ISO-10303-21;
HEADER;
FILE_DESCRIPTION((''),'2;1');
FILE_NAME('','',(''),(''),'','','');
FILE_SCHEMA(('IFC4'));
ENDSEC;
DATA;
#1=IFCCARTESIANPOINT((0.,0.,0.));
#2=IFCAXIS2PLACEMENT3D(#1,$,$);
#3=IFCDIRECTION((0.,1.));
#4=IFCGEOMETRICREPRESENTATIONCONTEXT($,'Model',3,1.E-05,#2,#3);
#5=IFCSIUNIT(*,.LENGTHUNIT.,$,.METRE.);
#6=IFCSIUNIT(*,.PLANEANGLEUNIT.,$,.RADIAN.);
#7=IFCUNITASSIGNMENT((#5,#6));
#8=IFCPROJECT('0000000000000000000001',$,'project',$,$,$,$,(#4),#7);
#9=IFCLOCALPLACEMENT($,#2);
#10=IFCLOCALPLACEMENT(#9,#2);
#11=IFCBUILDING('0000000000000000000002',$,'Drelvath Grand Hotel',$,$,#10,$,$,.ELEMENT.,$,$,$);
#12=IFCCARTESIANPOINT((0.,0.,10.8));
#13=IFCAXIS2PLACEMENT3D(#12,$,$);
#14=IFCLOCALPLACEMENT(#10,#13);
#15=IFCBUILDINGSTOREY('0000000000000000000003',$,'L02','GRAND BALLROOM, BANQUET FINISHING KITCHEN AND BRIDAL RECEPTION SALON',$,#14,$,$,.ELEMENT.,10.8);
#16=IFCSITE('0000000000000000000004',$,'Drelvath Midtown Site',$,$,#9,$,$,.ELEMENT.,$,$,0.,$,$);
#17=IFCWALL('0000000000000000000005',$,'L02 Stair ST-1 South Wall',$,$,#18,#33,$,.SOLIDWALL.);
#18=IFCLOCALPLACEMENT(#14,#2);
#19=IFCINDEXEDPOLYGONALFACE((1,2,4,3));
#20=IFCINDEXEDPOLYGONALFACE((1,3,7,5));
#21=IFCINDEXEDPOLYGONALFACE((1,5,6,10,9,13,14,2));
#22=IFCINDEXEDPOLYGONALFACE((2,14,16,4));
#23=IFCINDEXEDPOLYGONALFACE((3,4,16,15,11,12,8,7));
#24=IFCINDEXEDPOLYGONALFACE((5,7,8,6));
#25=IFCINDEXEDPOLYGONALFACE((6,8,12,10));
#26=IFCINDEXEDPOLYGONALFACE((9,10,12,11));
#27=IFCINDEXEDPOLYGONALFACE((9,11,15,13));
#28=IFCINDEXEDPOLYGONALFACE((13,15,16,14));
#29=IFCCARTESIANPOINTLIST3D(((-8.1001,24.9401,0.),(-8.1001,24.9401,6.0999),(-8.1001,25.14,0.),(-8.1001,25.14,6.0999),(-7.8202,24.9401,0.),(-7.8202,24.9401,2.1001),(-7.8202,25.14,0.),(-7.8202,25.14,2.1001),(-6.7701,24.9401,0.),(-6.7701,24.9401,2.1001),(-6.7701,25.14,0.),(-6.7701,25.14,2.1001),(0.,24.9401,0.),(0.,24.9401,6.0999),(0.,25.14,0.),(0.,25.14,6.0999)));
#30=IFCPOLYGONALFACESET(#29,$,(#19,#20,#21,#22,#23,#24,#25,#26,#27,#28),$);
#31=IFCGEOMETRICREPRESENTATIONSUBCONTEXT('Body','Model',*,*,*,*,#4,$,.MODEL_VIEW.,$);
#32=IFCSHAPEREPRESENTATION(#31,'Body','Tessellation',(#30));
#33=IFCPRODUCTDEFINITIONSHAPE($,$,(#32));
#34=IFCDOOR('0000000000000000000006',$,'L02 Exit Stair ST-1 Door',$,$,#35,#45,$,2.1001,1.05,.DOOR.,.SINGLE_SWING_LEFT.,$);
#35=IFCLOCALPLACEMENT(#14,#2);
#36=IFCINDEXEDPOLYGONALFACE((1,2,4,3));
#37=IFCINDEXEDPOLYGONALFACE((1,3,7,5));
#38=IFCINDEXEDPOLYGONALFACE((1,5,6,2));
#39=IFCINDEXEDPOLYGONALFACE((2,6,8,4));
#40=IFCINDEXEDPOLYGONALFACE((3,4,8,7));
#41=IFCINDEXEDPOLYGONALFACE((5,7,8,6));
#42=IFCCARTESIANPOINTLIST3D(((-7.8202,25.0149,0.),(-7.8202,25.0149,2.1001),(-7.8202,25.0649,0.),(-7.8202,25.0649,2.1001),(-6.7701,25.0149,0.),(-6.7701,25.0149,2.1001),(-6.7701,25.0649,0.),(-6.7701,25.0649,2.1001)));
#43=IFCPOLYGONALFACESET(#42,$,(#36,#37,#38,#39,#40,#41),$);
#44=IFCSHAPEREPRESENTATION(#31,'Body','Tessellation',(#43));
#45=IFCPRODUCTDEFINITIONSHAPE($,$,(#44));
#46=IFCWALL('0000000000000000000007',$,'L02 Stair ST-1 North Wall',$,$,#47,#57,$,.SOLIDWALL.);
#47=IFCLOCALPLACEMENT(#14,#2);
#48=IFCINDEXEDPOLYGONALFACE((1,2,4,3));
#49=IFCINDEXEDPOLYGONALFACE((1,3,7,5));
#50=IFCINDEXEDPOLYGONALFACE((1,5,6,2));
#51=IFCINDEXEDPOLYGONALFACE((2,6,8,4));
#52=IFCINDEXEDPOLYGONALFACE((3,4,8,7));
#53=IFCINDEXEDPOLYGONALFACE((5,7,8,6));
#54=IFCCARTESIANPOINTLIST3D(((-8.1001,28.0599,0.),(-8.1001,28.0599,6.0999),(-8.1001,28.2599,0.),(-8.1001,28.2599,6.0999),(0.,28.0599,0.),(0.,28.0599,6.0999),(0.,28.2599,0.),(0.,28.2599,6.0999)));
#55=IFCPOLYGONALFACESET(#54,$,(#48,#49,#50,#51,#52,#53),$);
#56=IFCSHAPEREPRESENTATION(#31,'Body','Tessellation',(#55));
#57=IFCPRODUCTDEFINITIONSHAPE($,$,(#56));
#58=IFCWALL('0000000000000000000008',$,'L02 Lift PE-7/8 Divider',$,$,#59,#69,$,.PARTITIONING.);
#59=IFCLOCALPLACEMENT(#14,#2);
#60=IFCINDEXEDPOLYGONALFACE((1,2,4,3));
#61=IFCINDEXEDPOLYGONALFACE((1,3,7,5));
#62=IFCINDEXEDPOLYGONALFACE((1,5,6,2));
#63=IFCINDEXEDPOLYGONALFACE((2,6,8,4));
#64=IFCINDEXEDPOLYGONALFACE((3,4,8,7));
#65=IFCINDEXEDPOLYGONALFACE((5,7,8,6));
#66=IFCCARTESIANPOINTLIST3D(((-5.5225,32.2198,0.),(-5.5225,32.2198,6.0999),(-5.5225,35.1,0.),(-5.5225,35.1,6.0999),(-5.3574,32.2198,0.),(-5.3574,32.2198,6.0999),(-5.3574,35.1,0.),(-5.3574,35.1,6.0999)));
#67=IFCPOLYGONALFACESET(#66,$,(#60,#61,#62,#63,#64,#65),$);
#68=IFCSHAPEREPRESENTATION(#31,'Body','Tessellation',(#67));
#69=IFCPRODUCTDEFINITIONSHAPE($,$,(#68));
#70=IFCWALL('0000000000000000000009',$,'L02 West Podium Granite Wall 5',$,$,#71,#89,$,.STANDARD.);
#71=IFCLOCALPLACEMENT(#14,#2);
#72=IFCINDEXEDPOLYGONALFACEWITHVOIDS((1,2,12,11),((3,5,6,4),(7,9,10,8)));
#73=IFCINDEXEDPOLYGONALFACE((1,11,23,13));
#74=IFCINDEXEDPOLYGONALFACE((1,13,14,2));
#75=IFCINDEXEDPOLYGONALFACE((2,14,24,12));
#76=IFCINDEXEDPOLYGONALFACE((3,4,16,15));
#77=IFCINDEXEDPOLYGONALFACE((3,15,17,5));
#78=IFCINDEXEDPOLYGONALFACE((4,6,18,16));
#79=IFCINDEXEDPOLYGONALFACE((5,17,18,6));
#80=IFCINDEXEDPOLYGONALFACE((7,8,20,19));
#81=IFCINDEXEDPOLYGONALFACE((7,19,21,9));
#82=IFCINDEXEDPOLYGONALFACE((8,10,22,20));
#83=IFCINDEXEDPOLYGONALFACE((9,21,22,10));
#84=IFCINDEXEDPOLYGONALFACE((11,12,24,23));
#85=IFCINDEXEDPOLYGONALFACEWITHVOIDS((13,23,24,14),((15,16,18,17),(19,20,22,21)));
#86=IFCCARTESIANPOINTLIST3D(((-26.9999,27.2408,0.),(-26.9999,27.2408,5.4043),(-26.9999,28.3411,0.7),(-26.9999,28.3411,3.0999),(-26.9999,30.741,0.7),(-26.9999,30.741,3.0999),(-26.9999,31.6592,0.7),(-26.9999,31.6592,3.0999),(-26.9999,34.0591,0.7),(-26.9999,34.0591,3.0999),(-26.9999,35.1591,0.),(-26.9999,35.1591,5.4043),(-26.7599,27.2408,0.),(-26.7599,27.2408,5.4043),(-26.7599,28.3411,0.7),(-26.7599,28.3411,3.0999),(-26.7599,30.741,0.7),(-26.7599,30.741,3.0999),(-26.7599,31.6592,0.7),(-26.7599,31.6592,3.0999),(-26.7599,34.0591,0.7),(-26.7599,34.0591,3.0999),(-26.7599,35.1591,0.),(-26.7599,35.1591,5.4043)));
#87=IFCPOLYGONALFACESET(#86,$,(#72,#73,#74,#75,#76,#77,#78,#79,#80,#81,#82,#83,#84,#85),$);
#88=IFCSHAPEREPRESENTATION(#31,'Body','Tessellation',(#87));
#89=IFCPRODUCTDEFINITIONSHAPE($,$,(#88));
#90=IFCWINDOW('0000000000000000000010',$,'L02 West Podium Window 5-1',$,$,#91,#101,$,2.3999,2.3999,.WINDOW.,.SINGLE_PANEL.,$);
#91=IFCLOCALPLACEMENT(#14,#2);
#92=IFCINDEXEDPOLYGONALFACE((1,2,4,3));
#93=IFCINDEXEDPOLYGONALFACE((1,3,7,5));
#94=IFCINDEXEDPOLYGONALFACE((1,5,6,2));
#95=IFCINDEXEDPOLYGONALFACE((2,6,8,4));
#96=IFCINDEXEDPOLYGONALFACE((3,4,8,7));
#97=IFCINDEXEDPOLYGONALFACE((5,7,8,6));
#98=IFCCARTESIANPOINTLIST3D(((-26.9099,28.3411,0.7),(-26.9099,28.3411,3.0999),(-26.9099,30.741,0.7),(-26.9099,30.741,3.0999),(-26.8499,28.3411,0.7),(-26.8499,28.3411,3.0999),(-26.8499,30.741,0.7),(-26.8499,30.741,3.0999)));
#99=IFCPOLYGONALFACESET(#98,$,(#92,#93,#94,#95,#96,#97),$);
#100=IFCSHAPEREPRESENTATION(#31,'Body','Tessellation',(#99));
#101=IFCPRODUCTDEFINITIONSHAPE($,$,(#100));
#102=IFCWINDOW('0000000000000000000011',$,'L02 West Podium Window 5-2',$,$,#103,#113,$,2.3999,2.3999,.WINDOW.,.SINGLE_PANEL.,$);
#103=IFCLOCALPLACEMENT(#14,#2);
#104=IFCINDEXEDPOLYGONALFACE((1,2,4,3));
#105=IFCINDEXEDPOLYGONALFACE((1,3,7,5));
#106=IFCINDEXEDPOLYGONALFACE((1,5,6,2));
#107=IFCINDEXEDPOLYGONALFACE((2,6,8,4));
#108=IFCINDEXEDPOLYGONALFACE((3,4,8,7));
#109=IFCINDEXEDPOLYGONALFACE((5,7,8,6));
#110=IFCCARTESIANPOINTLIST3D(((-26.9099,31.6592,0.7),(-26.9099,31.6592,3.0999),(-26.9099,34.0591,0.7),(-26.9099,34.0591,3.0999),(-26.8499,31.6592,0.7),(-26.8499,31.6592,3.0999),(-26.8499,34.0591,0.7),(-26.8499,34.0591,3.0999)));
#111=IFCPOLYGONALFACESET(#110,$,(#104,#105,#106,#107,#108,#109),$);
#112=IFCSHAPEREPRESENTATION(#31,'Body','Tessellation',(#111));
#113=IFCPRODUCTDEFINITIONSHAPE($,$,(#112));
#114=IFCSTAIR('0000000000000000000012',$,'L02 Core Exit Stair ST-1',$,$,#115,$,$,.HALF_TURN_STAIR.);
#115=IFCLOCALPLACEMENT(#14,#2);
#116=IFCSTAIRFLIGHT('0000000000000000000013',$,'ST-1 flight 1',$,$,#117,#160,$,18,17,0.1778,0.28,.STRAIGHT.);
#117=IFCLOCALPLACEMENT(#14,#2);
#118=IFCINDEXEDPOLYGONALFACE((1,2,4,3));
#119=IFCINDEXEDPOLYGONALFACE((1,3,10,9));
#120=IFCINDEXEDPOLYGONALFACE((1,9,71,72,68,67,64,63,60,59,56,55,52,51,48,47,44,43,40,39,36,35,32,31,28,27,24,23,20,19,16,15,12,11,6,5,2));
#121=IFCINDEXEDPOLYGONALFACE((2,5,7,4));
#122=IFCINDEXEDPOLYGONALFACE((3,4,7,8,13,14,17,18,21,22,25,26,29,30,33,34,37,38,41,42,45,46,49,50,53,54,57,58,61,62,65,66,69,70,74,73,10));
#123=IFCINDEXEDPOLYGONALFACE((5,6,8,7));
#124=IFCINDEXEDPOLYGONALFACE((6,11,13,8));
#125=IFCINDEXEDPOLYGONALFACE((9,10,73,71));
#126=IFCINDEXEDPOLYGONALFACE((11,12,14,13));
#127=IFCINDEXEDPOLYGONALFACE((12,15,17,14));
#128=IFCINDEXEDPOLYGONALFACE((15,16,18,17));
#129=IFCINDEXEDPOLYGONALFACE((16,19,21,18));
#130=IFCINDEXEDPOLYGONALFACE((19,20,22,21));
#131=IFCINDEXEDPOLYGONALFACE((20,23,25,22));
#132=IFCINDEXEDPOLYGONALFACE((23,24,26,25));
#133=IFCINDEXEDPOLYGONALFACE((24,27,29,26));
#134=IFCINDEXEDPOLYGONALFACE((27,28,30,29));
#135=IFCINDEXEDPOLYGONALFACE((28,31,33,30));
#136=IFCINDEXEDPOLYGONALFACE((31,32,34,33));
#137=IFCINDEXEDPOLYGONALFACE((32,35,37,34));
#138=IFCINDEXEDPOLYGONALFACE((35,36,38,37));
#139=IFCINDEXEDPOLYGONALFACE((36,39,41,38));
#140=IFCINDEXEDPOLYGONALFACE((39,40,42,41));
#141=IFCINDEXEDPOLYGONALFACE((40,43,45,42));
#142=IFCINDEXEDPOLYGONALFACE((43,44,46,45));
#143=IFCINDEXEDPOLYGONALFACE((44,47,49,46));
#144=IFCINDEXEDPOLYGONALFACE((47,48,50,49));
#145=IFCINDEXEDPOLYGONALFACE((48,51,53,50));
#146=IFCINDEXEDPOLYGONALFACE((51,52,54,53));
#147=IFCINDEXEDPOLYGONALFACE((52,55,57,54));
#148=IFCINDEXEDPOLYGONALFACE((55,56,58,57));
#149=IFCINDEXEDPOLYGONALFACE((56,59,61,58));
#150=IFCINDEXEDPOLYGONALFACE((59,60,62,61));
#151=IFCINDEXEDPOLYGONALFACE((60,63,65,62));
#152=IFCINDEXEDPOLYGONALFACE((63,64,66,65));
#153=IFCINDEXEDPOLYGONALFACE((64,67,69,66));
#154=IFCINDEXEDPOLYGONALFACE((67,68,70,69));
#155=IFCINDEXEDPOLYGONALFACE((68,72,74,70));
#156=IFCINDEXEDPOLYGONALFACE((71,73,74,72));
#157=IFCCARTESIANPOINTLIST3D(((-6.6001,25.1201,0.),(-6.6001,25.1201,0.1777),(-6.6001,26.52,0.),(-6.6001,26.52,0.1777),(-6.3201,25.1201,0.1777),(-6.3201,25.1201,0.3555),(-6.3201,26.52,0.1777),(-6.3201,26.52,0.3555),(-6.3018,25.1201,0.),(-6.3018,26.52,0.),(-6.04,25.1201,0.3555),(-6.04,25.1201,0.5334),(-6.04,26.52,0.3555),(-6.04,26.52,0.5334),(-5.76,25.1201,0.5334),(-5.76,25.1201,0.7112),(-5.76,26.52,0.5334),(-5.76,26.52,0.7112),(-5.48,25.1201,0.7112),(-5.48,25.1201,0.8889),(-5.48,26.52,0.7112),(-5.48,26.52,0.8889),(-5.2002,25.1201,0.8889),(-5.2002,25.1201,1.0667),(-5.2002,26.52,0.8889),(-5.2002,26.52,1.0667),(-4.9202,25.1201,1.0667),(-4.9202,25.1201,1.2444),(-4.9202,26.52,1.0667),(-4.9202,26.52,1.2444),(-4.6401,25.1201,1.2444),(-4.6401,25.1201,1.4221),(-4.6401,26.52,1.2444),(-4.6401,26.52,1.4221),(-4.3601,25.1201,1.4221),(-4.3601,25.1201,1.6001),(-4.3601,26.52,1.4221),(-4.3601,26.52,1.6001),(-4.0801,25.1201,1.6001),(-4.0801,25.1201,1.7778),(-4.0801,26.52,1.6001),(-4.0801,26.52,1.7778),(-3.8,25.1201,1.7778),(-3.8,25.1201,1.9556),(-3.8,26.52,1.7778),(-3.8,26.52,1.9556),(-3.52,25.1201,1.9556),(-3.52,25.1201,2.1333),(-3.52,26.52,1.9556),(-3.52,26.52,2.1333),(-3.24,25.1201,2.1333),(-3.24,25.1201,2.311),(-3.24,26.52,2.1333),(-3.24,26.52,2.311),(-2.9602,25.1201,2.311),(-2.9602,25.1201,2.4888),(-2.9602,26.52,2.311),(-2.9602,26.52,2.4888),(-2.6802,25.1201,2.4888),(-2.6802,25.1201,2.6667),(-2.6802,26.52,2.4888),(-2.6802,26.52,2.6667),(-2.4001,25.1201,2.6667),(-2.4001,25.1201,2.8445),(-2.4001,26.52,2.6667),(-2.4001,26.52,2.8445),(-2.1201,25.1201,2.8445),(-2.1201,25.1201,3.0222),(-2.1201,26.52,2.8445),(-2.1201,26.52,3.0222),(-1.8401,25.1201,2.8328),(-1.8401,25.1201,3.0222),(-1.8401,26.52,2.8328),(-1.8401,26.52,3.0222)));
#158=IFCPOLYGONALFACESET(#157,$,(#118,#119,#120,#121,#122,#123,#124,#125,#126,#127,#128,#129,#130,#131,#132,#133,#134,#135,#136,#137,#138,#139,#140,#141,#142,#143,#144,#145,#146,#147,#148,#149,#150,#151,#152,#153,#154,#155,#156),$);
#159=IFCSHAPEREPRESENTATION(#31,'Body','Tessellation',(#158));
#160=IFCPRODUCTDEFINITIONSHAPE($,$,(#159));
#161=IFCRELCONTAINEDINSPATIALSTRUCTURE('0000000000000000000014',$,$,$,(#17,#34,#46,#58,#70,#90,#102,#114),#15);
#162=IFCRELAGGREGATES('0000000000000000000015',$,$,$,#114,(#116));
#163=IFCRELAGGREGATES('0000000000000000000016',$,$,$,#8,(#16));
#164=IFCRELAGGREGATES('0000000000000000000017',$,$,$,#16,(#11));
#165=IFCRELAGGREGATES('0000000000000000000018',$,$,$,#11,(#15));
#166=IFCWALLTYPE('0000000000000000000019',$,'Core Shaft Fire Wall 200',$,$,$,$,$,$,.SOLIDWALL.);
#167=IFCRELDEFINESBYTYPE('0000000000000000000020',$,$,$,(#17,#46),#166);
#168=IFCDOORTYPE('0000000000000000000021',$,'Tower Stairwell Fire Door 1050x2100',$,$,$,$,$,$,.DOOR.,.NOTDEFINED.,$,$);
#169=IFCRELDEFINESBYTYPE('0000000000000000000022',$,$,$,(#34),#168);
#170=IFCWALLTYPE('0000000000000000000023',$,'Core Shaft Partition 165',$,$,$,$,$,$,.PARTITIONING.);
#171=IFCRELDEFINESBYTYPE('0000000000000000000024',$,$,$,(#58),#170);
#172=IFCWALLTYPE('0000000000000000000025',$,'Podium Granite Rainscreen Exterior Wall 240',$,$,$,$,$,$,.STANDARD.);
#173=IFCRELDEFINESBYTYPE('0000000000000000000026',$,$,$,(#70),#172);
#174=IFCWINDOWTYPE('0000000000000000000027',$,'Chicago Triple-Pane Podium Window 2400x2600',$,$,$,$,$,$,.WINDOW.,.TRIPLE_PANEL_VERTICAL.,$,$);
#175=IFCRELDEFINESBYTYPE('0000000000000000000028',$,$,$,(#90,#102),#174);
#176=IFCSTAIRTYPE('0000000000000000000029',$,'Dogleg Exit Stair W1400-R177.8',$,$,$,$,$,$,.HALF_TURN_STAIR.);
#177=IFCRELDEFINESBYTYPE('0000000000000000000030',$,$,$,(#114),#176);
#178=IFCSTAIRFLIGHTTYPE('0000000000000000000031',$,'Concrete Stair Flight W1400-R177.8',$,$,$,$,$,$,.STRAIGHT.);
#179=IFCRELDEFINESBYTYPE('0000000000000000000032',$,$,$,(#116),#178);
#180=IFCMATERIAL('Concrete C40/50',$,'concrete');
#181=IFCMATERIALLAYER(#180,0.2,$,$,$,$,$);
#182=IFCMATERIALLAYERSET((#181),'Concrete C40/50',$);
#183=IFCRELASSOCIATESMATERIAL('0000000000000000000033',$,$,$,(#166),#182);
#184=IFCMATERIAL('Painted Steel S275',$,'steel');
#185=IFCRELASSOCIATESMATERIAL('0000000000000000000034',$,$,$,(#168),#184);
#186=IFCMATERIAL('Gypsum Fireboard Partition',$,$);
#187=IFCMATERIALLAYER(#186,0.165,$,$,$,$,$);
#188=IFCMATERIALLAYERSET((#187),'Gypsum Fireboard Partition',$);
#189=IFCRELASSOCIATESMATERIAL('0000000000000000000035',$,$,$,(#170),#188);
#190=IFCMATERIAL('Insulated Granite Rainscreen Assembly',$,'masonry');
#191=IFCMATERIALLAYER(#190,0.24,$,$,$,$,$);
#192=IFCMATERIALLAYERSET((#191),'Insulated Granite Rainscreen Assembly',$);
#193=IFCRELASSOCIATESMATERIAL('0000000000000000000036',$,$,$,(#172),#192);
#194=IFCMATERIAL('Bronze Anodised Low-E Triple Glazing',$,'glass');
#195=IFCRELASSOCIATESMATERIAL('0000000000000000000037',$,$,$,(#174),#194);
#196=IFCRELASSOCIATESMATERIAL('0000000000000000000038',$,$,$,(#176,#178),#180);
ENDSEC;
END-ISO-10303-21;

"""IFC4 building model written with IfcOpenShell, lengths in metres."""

from ifc_helpers import new_model, si_unit, direction, frame, frame_2d, origin, place, context, subcontext, project, spatial, polyline, rectangle, outline, extrude, material, layer, layer_set, type_object, element, fill, aggregate, save


model = new_model("IFC4")

# Units and contexts
model_context = context("Model", 3, precision=1e-05, world=origin(), true_north=direction((0.0, 1.0)))
body_context = subcontext(model_context, "Body", "Model", "MODEL_VIEW")
ifc_project = project(units=[si_unit("LENGTHUNIT", "METRE"), si_unit("PLANEANGLEUNIT", "RADIAN")], contexts=[model_context])

# Site, building, storey
site_placement = place(None, origin())
site = spatial("IfcSite", under=ifc_project, at=site_placement, Name="Drelvath Midtown Site", CompositionType="ELEMENT", RefElevation=0.0)
building_placement = place(site_placement, origin())
building = spatial("IfcBuilding", under=site, at=building_placement, Name="Drelvath Grand Hotel", CompositionType="ELEMENT")
storey_placement = place(building_placement, frame((0.0, 0.0, 10.8)))
storey = spatial("IfcBuildingStorey", under=building, at=storey_placement, Name="L02", Description="GRAND BALLROOM, BANQUET FINISHING KITCHEN AND BRIDAL RECEPTION SALON", CompositionType="ELEMENT", Elevation=10.8)

# Shared definitions
ifc_material_1 = material(Name="Concrete C40/50", Category="concrete")

# Wall, opening, door
ifc_layer_1 = layer(ifc_material_1, 0.2)
ifc_layer_set_1 = layer_set([ifc_layer_1], Name="Concrete C40/50")
wall_type_1 = type_object("IfcWallType", Name="Core Shaft Fire Wall 200", PredefinedType="SOLIDWALL", material=ifc_layer_set_1)
wall_1_placement = place(storey_placement, frame((-8.1001, 25.04, 0.0), z_axis=(0.0, 0.0, 1.0), x_axis=(1.0, 0.0, 0.0)))
wall_1 = element("IfcWall", 1, at=wall_1_placement, inside=storey, type_object=wall_type_1, Name="L02 Stair ST-1 South Wall", PredefinedType="SOLIDWALL", context=body_context, shape_type="SweptSolid", body=[
    extrude(rectangle(XDim=8.1001, YDim=0.2, at=frame_2d((4.05, 0.0))), origin(), (0.0, 0.0, 1.0), 6.0999),
])
opening_1_placement = place(wall_1_placement, frame((0.28, 0.0, 0.0)))
opening_1 = element("IfcOpeningElement", 2, at=opening_1_placement, cuts=wall_1, PredefinedType="OPENING", context=body_context, shape_type="SweptSolid", body=[
    extrude(rectangle(XDim=1.05, YDim=2.1001, at=frame_2d((0.5249, 1.05))), frame((0.0, 0.1099, 0.0), z_axis=(0.0, -1.0, 0.0), x_axis=(1.0, 0.0, 0.0)), (0.0, 0.0, 1.0), 0.22),
])
ifc_material_2 = material(Name="Painted Steel S275", Category="steel")
door_type = type_object("IfcDoorType", Name="Tower Stairwell Fire Door 1050x2100", OperationType="NOTDEFINED", PredefinedType="DOOR", material=ifc_material_2)
door_placement = place(opening_1_placement, origin())
door = element("IfcDoor", 3, at=door_placement, inside=storey, type_object=door_type, Name="L02 Exit Stair ST-1 Door", OperationType="SINGLE_SWING_LEFT", OverallHeight=2.1001, OverallWidth=1.05, PredefinedType="DOOR", context=body_context, shape_type="SweptSolid", body=[
    extrude(rectangle(XDim=1.05, YDim=2.1001, at=frame_2d((0.5249, 1.05))), frame((0.0, 0.0249, 0.0), z_axis=(0.0, -1.0, 0.0), x_axis=(1.0, 0.0, 0.0)), (0.0, 0.0, 1.0), 0.05),
])
fill(opening_1, door)

# Walls
wall_2_placement = place(storey_placement, frame((-8.1001, 28.1599, 0.0), z_axis=(0.0, 0.0, 1.0), x_axis=(1.0, 0.0, 0.0)))
element("IfcWall", 4, at=wall_2_placement, inside=storey, type_object=wall_type_1, Name="L02 Stair ST-1 North Wall", PredefinedType="SOLIDWALL", context=body_context, shape_type="SweptSolid", body=[
    extrude(rectangle(XDim=8.1001, YDim=0.2, at=frame_2d((4.05, 0.0))), origin(), (0.0, 0.0, 1.0), 6.0999),
])
ifc_material_3 = material(Name="Gypsum Fireboard Partition")
ifc_layer_2 = layer(ifc_material_3, 0.165)
ifc_layer_set_2 = layer_set([ifc_layer_2], Name="Gypsum Fireboard Partition")
wall_type_2 = type_object("IfcWallType", Name="Core Shaft Partition 165", PredefinedType="PARTITIONING", material=ifc_layer_set_2)
wall_3_placement = place(storey_placement, frame((-5.4399, 32.22, 0.0), z_axis=(0.0, 0.0, 1.0), x_axis=(0.0, 1.0, 0.0)))
element("IfcWall", 5, at=wall_3_placement, inside=storey, type_object=wall_type_2, Name="L02 Lift PE-7/8 Divider", PredefinedType="PARTITIONING", context=body_context, shape_type="SweptSolid", body=[
    extrude(rectangle(XDim=2.8801, YDim=0.165, at=frame_2d((1.4399, 0.0))), origin(), (0.0, 0.0, 1.0), 6.0999),
])

# Wall, openings, windows
ifc_material_4 = material(Name="Insulated Granite Rainscreen Assembly", Category="masonry")
ifc_layer_3 = layer(ifc_material_4, 0.24)
ifc_layer_set_3 = layer_set([ifc_layer_3], Name="Insulated Granite Rainscreen Assembly")
wall_type_3 = type_object("IfcWallType", Name="Podium Granite Rainscreen Exterior Wall 240", PredefinedType="STANDARD", material=ifc_layer_set_3)
wall_4_placement = place(storey_placement, frame((-26.8799, 27.241, 0.0), z_axis=(0.0, 0.0, 1.0), x_axis=(0.0, 1.0, 0.0)))
wall_4 = element("IfcWall", 6, at=wall_4_placement, inside=storey, type_object=wall_type_3, Name="L02 West Podium Granite Wall 5", PredefinedType="STANDARD", context=body_context, shape_type="SweptSolid", body=[
    extrude(rectangle(XDim=7.9182, YDim=0.24, at=frame_2d((3.959, 0.0))), origin(), (0.0, 0.0, 1.0), 5.4043),
])
opening_2_placement = place(wall_4_placement, frame((1.1001, 0.0, 0.7)))
opening_2 = element("IfcOpeningElement", 7, at=opening_2_placement, cuts=wall_4, PredefinedType="OPENING", context=body_context, shape_type="SweptSolid", body=[
    extrude(rectangle(XDim=2.3999, YDim=2.3999, at=frame_2d((1.2, 1.2))), frame((0.0, 0.1299, 0.0), z_axis=(0.0, -1.0, 0.0), x_axis=(1.0, 0.0, 0.0)), (0.0, 0.0, 1.0), 0.26),
])
opening_3_placement = place(wall_4_placement, frame((4.4182, 0.0, 0.7)))
opening_3 = element("IfcOpeningElement", 8, at=opening_3_placement, cuts=wall_4, PredefinedType="OPENING", context=body_context, shape_type="SweptSolid", body=[
    extrude(rectangle(XDim=2.3999, YDim=2.3999, at=frame_2d((1.2, 1.2))), frame((0.0, 0.1299, 0.0), z_axis=(0.0, -1.0, 0.0), x_axis=(1.0, 0.0, 0.0)), (0.0, 0.0, 1.0), 0.26),
])
ifc_material_5 = material(Name="Bronze Anodised Low-E Triple Glazing", Category="glass")
window_type = type_object("IfcWindowType", Name="Chicago Triple-Pane Podium Window 2400x2600", PartitioningType="TRIPLE_PANEL_VERTICAL", PredefinedType="WINDOW", material=ifc_material_5)
window_1_placement = place(opening_2_placement, origin())
window_1 = element("IfcWindow", 9, at=window_1_placement, inside=storey, type_object=window_type, Name="L02 West Podium Window 5-1", OverallHeight=2.3999, OverallWidth=2.3999, PartitioningType="SINGLE_PANEL", PredefinedType="WINDOW", context=body_context, shape_type="SweptSolid", body=[
    extrude(rectangle(XDim=2.3999, YDim=2.3999, at=frame_2d((1.2, 1.2))), frame((0.0, 0.03, 0.0), z_axis=(0.0, -1.0, 0.0), x_axis=(1.0, 0.0, 0.0)), (0.0, 0.0, 1.0), 0.0601),
])
fill(opening_2, window_1)
window_2_placement = place(opening_3_placement, origin())
window_2 = element("IfcWindow", 10, at=window_2_placement, inside=storey, type_object=window_type, Name="L02 West Podium Window 5-2", OverallHeight=2.3999, OverallWidth=2.3999, PartitioningType="SINGLE_PANEL", PredefinedType="WINDOW", context=body_context, shape_type="SweptSolid", body=[
    extrude(rectangle(XDim=2.3999, YDim=2.3999, at=frame_2d((1.2, 1.2))), frame((0.0, 0.03, 0.0), z_axis=(0.0, -1.0, 0.0), x_axis=(1.0, 0.0, 0.0)), (0.0, 0.0, 1.0), 0.0601),
])
fill(opening_3, window_2)

# Stair, stair flight
stair_type = type_object("IfcStairType", Name="Dogleg Exit Stair W1400-R177.8", PredefinedType="HALF_TURN_STAIR", material=ifc_material_1)
stair_placement = place(storey_placement, origin())
stair = element("IfcStair", 11, at=stair_placement, inside=storey, type_object=stair_type, Name="L02 Core Exit Stair ST-1", PredefinedType="HALF_TURN_STAIR")
stair_flight_type = type_object("IfcStairFlightType", Name="Concrete Stair Flight W1400-R177.8", PredefinedType="STRAIGHT", material=ifc_material_1)
stair_flight_placement = place(storey_placement, frame((-6.6001, 25.8201, 0.0), z_axis=(0.0, 0.0, 1.0), x_axis=(1.0, 0.0, 0.0)))
stair_flight = element("IfcStairFlight", 12, at=stair_flight_placement, type_object=stair_flight_type, Name="ST-1 flight 1", NumberOfRisers=18, NumberOfTreads=17, PredefinedType="STRAIGHT", RiserHeight=0.1778, TreadLength=0.28, context=body_context, shape_type="SweptSolid", body=[
    extrude(outline(polyline([(0.0, 0.0), (0.0, 0.1777), (0.28, 0.1777), (0.28, 0.3555), (0.5601, 0.3555), (0.5601, 0.5334), (0.8401, 0.5334), (0.8401, 0.7112), (1.1201, 0.7112), (1.1201, 0.8889), (1.3999, 0.8889), (1.3999, 1.0667), (1.6799, 1.0667), (1.6799, 1.2444), (1.96, 1.2444), (1.96, 1.4221), (2.24, 1.4221), (2.24, 1.6001), (2.52, 1.6001), (2.52, 1.7778), (2.8, 1.7778), (2.8, 1.9556), (3.0801, 1.9556), (3.0801, 2.1333), (3.3601, 2.1333), (3.3601, 2.311), (3.6399, 2.311), (3.6399, 2.4888), (3.9199, 2.4888), (3.9199, 2.6667), (4.2, 2.6667), (4.2, 2.8445), (4.48, 2.8445), (4.48, 3.0222), (4.76, 3.0222), (4.76, 3.2), (4.76, 2.8328), (0.2983, 0.0), (0.0, 0.0)])), frame((0.0, 0.7, 0.0), z_axis=(0.0, -1.0, 0.0), x_axis=(1.0, 0.0, 0.0)), (0.0, 0.0, 1.0), 1.3999),
])
aggregate(stair, [stair_flight])

save(model, "model.ifc")
